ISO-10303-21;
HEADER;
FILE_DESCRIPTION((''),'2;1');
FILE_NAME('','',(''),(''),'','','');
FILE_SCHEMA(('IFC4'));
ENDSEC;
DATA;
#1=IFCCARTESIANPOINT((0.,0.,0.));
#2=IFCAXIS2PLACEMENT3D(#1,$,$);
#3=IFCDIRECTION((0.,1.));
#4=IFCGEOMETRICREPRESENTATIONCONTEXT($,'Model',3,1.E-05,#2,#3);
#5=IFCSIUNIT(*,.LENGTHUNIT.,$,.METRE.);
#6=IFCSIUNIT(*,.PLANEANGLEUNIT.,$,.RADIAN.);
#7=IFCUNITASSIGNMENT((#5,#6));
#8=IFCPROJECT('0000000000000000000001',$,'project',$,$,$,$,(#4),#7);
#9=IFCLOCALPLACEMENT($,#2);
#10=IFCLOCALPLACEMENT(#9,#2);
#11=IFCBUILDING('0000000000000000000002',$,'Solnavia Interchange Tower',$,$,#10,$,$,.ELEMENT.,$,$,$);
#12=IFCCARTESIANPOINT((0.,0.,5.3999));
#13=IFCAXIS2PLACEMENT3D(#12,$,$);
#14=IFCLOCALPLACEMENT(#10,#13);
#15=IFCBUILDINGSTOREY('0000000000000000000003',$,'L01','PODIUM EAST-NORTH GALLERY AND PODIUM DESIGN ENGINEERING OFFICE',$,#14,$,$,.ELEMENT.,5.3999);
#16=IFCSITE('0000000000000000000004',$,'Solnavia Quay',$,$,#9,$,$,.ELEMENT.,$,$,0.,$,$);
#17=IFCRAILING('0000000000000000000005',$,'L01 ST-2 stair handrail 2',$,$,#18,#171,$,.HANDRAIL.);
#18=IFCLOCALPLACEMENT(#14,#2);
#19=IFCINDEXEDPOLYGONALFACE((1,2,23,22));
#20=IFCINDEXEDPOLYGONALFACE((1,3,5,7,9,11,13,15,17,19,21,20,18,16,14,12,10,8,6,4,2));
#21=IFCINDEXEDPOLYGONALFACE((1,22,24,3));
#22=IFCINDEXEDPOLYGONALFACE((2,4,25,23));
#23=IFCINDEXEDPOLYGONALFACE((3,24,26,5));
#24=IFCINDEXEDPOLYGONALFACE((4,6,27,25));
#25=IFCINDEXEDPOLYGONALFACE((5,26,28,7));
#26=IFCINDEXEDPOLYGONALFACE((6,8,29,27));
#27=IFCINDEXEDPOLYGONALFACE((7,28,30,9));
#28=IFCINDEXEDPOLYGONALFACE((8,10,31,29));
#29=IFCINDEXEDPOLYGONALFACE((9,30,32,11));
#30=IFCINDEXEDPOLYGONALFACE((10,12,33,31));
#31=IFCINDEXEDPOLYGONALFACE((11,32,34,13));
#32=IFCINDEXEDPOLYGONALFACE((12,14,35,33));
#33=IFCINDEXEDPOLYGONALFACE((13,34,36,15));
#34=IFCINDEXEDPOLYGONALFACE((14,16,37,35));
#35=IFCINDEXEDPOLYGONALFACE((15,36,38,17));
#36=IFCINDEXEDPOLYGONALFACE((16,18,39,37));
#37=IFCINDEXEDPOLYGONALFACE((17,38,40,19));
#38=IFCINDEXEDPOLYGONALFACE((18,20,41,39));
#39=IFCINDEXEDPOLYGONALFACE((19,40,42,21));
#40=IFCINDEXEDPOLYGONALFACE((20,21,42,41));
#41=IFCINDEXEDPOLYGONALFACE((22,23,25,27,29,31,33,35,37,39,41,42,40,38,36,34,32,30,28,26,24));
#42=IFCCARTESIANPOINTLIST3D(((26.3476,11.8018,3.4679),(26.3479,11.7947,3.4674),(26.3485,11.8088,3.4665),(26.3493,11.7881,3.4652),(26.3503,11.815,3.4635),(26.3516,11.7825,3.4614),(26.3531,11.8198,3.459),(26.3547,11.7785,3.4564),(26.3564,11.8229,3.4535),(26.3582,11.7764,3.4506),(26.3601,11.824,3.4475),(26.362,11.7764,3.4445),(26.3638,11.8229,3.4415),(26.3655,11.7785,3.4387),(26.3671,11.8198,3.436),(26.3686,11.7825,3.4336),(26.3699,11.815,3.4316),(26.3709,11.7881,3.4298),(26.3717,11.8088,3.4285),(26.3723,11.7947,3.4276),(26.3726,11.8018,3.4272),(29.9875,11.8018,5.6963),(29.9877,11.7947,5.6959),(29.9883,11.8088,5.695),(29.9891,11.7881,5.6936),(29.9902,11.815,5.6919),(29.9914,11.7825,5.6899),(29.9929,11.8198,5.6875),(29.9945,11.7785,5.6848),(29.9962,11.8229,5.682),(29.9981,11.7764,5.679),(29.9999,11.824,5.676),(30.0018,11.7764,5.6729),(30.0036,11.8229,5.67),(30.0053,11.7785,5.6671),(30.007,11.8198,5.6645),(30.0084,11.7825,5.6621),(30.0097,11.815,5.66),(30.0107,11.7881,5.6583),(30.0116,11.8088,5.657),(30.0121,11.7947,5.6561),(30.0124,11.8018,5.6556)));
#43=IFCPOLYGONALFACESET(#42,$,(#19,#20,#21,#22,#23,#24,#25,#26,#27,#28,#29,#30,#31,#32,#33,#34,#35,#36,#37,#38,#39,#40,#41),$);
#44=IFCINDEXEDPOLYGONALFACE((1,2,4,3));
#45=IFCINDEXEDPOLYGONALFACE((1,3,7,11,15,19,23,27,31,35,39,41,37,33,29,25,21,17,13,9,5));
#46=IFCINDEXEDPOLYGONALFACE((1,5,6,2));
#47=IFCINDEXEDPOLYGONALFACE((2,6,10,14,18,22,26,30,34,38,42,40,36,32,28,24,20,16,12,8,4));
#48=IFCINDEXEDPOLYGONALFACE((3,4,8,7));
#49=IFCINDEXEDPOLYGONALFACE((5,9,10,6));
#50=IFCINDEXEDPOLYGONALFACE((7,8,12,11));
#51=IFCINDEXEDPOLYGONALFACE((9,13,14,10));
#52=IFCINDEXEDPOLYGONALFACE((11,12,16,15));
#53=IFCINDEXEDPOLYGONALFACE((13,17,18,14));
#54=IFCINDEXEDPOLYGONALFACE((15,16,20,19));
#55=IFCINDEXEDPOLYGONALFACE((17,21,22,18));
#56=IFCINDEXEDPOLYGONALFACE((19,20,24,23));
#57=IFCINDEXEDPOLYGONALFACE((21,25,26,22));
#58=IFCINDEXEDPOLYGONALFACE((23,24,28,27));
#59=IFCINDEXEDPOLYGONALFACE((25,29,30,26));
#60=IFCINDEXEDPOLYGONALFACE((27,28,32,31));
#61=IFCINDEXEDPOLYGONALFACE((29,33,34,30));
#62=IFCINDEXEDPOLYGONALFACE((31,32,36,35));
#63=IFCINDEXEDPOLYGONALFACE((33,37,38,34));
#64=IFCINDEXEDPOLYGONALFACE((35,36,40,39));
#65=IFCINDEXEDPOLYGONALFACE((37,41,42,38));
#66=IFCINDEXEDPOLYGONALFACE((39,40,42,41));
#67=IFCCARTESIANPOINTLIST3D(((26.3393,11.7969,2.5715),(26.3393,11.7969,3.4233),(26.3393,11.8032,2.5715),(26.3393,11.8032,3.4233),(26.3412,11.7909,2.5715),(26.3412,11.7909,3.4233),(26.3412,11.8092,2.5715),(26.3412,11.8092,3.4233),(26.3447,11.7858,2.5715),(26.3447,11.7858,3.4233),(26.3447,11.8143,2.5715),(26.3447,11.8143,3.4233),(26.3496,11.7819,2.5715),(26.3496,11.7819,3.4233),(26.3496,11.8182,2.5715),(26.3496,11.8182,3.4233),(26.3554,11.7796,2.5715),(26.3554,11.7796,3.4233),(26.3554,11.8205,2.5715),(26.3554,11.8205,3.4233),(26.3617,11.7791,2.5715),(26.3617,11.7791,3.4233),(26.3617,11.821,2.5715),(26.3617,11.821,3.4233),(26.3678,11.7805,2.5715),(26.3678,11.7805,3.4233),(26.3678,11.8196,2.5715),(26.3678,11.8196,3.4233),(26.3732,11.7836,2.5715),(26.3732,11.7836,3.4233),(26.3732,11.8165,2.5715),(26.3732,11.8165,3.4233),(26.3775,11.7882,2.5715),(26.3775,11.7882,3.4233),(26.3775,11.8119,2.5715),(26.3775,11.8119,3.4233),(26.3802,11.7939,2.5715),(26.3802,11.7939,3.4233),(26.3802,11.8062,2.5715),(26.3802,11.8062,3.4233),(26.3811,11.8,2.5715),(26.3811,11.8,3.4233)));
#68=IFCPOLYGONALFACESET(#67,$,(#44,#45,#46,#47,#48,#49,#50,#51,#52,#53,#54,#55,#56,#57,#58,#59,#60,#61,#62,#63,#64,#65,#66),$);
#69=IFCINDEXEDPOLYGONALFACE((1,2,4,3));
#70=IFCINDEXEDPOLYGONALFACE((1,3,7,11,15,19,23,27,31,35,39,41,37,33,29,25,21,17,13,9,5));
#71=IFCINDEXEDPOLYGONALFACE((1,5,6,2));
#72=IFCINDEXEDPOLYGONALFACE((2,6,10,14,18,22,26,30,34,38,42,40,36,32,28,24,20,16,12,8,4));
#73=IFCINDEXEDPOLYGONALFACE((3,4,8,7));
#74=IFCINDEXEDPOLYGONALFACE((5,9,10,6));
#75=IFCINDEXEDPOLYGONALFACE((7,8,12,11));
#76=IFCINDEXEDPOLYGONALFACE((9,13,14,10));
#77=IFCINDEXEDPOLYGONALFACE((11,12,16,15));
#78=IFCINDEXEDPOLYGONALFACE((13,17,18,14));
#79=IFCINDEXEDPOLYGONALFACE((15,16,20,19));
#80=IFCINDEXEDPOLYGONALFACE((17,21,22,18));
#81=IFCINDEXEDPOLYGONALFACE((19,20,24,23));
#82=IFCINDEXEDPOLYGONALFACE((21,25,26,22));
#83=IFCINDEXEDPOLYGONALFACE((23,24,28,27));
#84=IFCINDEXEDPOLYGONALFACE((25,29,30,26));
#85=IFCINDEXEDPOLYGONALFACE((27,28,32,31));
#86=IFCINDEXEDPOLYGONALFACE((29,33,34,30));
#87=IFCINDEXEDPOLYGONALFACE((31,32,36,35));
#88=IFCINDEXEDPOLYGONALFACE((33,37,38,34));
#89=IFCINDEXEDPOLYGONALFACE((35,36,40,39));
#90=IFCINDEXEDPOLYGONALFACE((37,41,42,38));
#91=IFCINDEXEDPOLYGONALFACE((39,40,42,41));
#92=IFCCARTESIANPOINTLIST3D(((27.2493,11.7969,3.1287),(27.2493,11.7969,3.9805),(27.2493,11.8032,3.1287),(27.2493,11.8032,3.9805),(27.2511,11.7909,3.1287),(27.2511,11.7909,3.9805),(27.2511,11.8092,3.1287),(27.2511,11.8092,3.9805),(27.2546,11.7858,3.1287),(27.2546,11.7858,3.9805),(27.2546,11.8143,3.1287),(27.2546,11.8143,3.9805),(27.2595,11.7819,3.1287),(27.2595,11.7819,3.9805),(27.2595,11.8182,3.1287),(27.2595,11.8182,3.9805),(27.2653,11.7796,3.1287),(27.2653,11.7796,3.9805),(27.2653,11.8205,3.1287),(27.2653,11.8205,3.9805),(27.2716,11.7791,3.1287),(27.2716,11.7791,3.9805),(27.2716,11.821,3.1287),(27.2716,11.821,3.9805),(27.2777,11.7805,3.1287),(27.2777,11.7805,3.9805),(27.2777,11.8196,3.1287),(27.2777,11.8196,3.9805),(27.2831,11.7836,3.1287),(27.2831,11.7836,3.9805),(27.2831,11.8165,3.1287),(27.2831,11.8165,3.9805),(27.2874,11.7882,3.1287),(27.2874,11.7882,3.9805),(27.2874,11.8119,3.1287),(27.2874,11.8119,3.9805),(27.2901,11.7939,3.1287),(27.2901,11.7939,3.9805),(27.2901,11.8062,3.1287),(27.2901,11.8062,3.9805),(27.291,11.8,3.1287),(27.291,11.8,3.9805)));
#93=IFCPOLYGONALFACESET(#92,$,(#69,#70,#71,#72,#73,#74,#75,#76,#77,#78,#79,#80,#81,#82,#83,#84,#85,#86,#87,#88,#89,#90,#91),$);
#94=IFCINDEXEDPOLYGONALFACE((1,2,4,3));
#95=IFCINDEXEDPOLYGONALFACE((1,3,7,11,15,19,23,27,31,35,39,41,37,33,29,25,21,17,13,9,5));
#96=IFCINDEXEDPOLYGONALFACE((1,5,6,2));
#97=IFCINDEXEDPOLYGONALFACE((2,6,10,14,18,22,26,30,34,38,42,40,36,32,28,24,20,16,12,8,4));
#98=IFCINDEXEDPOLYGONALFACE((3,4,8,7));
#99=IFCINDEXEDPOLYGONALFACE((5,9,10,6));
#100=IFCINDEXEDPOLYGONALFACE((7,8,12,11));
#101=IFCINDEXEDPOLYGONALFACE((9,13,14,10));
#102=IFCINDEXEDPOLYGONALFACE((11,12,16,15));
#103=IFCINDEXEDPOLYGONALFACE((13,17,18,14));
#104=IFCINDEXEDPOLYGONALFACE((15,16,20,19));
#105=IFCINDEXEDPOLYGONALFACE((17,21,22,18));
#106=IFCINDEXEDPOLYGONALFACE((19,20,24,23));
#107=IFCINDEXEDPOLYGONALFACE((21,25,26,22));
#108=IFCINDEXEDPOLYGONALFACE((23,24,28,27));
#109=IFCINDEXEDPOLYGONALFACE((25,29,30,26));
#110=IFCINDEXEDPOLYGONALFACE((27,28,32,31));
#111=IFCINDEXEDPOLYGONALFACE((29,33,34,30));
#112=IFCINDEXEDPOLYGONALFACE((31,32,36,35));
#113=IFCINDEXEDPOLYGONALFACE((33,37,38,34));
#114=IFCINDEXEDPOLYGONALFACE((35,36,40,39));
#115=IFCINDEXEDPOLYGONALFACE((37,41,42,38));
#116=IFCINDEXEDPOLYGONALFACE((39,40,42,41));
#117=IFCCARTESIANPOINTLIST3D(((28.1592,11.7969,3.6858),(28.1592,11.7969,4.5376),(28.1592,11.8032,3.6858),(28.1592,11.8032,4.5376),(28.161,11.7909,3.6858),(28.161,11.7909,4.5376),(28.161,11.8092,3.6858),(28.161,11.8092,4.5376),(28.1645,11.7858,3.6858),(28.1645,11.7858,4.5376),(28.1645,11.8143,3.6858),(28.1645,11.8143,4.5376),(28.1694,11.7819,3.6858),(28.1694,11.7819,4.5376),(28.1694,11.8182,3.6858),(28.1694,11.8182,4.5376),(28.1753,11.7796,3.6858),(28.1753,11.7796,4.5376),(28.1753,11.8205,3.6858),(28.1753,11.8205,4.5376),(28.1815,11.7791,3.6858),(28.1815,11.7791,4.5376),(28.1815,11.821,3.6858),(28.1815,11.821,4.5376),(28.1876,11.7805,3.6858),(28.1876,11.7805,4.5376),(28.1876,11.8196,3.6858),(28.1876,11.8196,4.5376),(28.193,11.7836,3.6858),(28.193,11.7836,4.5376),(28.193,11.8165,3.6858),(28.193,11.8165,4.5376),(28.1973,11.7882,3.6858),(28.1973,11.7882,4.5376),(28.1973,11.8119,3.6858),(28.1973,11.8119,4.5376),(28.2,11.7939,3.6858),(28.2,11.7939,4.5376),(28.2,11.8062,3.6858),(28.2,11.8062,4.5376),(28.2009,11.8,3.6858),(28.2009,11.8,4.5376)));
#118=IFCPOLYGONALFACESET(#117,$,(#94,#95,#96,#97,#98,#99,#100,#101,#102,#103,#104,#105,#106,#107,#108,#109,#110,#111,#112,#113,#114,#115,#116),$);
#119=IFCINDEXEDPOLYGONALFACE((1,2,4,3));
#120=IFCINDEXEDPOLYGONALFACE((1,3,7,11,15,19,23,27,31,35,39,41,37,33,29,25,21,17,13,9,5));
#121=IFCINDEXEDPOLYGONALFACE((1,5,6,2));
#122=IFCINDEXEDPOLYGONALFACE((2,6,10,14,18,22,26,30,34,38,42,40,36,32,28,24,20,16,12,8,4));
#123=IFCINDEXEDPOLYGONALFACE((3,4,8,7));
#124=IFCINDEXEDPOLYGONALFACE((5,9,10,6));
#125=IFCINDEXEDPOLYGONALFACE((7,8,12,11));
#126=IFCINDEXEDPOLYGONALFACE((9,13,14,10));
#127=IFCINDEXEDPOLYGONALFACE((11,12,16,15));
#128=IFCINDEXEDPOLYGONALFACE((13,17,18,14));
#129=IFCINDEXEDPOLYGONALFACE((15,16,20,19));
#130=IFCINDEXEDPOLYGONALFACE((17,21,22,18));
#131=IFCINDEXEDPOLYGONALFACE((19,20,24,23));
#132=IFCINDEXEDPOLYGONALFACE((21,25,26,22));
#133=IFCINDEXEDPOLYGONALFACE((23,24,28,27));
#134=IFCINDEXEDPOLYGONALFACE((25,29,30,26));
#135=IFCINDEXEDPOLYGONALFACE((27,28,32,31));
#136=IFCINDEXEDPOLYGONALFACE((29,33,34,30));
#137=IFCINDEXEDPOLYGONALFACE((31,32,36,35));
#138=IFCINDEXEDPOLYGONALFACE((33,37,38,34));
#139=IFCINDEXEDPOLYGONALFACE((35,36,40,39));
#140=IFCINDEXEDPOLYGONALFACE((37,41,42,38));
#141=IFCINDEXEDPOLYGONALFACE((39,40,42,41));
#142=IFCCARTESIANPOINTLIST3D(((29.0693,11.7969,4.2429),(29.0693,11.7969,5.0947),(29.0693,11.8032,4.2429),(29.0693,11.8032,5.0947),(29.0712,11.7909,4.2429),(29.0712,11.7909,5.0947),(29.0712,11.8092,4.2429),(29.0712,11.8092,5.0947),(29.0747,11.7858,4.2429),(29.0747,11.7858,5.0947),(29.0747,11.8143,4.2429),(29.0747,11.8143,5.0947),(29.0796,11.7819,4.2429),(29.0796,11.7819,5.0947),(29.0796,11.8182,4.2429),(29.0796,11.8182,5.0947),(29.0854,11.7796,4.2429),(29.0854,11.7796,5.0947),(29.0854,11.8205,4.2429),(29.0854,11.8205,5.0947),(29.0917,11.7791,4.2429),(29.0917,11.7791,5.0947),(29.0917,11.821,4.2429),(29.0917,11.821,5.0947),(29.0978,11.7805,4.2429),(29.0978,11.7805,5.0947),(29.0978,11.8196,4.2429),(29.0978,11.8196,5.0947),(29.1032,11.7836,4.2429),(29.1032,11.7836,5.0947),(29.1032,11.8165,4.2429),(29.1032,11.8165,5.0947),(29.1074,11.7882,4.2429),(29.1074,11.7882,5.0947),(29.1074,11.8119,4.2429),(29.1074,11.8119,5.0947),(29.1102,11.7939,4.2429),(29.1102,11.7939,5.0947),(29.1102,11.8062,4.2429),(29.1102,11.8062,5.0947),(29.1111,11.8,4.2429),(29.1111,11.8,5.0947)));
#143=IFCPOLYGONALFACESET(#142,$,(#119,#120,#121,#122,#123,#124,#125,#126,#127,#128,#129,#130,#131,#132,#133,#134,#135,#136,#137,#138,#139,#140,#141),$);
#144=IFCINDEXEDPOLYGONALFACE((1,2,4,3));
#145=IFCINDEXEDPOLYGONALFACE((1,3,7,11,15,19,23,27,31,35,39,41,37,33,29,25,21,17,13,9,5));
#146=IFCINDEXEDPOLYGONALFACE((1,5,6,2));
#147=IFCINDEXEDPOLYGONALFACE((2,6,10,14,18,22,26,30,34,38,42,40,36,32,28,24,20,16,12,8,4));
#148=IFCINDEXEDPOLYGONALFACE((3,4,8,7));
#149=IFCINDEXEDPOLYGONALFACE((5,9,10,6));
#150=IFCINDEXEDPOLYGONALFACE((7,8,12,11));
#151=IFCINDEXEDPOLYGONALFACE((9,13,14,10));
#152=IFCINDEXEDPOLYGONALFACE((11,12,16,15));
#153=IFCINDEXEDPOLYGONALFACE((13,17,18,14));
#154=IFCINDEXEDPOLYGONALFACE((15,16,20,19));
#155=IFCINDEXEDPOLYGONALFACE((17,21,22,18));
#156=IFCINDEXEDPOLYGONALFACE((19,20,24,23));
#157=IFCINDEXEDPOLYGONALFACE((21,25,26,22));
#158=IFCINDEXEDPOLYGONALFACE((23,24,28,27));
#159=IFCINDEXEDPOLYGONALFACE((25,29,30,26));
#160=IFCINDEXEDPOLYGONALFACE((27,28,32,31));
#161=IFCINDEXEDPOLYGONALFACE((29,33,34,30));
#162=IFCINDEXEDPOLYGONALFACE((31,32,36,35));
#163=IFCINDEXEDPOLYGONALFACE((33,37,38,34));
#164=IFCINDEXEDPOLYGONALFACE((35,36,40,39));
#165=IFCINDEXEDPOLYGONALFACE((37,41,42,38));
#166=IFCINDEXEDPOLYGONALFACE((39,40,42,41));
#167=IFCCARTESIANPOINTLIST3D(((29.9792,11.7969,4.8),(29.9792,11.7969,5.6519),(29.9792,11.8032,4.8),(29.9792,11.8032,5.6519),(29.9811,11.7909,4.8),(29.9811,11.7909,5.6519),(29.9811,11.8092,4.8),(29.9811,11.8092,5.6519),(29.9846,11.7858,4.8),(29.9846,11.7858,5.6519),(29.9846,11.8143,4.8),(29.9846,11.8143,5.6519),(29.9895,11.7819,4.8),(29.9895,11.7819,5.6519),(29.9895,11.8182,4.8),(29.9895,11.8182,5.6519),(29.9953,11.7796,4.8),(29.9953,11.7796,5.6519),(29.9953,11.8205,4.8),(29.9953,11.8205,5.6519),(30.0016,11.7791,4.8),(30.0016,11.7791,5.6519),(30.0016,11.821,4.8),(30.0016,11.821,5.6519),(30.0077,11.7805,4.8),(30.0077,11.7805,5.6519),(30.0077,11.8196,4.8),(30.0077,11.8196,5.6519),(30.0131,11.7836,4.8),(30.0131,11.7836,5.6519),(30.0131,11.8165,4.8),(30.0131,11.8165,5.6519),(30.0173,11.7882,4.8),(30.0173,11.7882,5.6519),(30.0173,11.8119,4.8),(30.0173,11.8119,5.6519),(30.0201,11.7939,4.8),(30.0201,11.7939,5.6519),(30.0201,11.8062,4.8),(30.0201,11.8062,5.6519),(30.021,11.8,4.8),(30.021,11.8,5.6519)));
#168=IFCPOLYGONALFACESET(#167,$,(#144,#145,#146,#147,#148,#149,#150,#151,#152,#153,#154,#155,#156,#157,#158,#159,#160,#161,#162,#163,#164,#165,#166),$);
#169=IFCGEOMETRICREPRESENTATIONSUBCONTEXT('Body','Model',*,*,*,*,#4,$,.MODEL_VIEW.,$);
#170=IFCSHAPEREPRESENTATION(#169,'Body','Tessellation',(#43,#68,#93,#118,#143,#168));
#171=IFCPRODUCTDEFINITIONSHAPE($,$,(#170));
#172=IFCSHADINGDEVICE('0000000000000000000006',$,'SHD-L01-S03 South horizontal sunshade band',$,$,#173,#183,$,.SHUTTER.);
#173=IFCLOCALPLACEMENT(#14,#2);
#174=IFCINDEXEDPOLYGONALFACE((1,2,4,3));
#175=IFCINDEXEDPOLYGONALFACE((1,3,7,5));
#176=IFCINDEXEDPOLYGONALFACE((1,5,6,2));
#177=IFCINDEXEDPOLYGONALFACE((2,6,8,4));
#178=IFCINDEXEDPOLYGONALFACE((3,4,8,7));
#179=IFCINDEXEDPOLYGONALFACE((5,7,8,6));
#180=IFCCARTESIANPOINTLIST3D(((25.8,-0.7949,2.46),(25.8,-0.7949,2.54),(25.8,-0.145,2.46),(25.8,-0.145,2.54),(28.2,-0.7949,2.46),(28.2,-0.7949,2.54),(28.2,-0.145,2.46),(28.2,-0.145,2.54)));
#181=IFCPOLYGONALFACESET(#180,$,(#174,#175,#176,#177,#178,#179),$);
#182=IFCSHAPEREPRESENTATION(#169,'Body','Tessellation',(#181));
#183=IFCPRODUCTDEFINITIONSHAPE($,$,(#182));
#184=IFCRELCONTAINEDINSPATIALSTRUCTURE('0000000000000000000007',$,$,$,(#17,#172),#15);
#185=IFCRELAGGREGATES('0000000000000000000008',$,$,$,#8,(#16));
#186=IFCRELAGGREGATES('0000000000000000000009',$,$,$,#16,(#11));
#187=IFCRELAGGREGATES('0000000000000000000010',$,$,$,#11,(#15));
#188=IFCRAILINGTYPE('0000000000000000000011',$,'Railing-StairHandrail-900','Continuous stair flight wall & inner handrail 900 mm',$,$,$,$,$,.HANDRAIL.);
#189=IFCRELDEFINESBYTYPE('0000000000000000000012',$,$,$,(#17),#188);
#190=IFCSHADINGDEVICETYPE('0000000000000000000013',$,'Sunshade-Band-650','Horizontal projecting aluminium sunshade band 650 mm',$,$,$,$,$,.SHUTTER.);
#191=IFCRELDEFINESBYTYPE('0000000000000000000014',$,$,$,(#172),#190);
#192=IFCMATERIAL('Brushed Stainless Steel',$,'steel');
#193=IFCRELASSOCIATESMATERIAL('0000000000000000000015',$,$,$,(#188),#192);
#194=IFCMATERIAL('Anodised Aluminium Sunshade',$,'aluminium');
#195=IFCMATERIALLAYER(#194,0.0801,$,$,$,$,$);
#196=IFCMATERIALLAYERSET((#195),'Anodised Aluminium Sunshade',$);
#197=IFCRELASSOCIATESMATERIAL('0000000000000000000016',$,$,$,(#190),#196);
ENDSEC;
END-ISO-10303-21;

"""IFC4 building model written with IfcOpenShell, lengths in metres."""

from ifc_helpers import new_model, si_unit, direction, frame, origin, origin_2d, place, context, subcontext, project, spatial, rectangle, circle, extrude, material, layer, layer_set, type_object, element, save


model = new_model("IFC4")

# Units and contexts
model_context = context("Model", 3, precision=1e-05, world=origin(), true_north=direction((0.0, 1.0)))
body_context = subcontext(model_context, "Body", "Model", "MODEL_VIEW")
ifc_project = project(units=[si_unit("LENGTHUNIT", "METRE"), si_unit("PLANEANGLEUNIT", "RADIAN")], contexts=[model_context])

# Site, building, storey
site_placement = place(None, origin())
site = spatial("IfcSite", under=ifc_project, at=site_placement, Name="Solnavia Quay", CompositionType="ELEMENT", RefElevation=0.0)
building_placement = place(site_placement, origin())
building = spatial("IfcBuilding", under=site, at=building_placement, Name="Solnavia Interchange Tower", CompositionType="ELEMENT")
storey_placement = place(building_placement, frame((0.0, 0.0, 5.3999)))
storey = spatial("IfcBuildingStorey", under=building, at=storey_placement, Name="L01", Description="PODIUM EAST-NORTH GALLERY AND PODIUM DESIGN ENGINEERING OFFICE", CompositionType="ELEMENT", Elevation=5.3999)

# Railing
ifc_material_1 = material(Name="Brushed Stainless Steel", Category="steel")
railing_type_1 = type_object("IfcRailingType", Name="Railing-StairHandrail-900", Description="Continuous stair flight wall & inner handrail 900 mm", PredefinedType="HANDRAIL", material=ifc_material_1)
railing_1_placement = place(storey_placement, frame((26.3601, 11.8, 2.5715)))
element("IfcRailing", 1, at=railing_1_placement, inside=storey, type_object=railing_type_1, Name="L01 ST-2 stair handrail 2", PredefinedType="HANDRAIL", context=body_context, shape_type="SweptSolid", body=[
    extrude(circle(Radius=0.0239, at=origin_2d()), frame((0.0, 0.0, 0.876), z_axis=(0.85285, 0.0, 0.522156), x_axis=(0.0, 1.0, 0.0)), (0.0, 0.0, 1.0), 4.2678),
    extrude(circle(Radius=0.021, at=origin_2d()), origin(), (0.0, 0.0, 1.0), 0.8518),
    extrude(circle(Radius=0.021, at=origin_2d()), frame((0.9099, 0.0, 0.5571)), (0.0, 0.0, 1.0), 0.8518),
    extrude(circle(Radius=0.021, at=origin_2d()), frame((1.8198, 0.0, 1.1143)), (0.0, 0.0, 1.0), 0.8518),
    extrude(circle(Radius=0.021, at=origin_2d()), frame((2.73, 0.0, 1.6714)), (0.0, 0.0, 1.0), 0.8518),
    extrude(circle(Radius=0.021, at=origin_2d()), frame((3.6399, 0.0, 2.2285)), (0.0, 0.0, 1.0), 0.8518),
])

# Shading device
ifc_material_2 = material(Name="Anodised Aluminium Sunshade", Category="aluminium")
ifc_layer_1 = layer(ifc_material_2, 0.0801)
ifc_layer_set_1 = layer_set([ifc_layer_1], Name="Anodised Aluminium Sunshade")
shading_device_type = type_object("IfcShadingDeviceType", Name="Sunshade-Band-650", Description="Horizontal projecting aluminium sunshade band 650 mm", PredefinedType="SHUTTER", material=ifc_layer_set_1)
shading_device_placement = place(storey_placement, frame((27.0, -0.47, 2.46), z_axis=(0.0, 0.0, 1.0), x_axis=(1.0, 0.0, 0.0)))
element("IfcShadingDevice", 2, at=shading_device_placement, inside=storey, type_object=shading_device_type, Name="SHD-L01-S03 South horizontal sunshade band", PredefinedType="SHUTTER", context=body_context, shape_type="SweptSolid", body=[
    extrude(rectangle(XDim=2.3999, YDim=0.6499, at=origin_2d()), origin(), (0.0, 0.0, 1.0), 0.0801),
])

save(model, "model.ifc")
